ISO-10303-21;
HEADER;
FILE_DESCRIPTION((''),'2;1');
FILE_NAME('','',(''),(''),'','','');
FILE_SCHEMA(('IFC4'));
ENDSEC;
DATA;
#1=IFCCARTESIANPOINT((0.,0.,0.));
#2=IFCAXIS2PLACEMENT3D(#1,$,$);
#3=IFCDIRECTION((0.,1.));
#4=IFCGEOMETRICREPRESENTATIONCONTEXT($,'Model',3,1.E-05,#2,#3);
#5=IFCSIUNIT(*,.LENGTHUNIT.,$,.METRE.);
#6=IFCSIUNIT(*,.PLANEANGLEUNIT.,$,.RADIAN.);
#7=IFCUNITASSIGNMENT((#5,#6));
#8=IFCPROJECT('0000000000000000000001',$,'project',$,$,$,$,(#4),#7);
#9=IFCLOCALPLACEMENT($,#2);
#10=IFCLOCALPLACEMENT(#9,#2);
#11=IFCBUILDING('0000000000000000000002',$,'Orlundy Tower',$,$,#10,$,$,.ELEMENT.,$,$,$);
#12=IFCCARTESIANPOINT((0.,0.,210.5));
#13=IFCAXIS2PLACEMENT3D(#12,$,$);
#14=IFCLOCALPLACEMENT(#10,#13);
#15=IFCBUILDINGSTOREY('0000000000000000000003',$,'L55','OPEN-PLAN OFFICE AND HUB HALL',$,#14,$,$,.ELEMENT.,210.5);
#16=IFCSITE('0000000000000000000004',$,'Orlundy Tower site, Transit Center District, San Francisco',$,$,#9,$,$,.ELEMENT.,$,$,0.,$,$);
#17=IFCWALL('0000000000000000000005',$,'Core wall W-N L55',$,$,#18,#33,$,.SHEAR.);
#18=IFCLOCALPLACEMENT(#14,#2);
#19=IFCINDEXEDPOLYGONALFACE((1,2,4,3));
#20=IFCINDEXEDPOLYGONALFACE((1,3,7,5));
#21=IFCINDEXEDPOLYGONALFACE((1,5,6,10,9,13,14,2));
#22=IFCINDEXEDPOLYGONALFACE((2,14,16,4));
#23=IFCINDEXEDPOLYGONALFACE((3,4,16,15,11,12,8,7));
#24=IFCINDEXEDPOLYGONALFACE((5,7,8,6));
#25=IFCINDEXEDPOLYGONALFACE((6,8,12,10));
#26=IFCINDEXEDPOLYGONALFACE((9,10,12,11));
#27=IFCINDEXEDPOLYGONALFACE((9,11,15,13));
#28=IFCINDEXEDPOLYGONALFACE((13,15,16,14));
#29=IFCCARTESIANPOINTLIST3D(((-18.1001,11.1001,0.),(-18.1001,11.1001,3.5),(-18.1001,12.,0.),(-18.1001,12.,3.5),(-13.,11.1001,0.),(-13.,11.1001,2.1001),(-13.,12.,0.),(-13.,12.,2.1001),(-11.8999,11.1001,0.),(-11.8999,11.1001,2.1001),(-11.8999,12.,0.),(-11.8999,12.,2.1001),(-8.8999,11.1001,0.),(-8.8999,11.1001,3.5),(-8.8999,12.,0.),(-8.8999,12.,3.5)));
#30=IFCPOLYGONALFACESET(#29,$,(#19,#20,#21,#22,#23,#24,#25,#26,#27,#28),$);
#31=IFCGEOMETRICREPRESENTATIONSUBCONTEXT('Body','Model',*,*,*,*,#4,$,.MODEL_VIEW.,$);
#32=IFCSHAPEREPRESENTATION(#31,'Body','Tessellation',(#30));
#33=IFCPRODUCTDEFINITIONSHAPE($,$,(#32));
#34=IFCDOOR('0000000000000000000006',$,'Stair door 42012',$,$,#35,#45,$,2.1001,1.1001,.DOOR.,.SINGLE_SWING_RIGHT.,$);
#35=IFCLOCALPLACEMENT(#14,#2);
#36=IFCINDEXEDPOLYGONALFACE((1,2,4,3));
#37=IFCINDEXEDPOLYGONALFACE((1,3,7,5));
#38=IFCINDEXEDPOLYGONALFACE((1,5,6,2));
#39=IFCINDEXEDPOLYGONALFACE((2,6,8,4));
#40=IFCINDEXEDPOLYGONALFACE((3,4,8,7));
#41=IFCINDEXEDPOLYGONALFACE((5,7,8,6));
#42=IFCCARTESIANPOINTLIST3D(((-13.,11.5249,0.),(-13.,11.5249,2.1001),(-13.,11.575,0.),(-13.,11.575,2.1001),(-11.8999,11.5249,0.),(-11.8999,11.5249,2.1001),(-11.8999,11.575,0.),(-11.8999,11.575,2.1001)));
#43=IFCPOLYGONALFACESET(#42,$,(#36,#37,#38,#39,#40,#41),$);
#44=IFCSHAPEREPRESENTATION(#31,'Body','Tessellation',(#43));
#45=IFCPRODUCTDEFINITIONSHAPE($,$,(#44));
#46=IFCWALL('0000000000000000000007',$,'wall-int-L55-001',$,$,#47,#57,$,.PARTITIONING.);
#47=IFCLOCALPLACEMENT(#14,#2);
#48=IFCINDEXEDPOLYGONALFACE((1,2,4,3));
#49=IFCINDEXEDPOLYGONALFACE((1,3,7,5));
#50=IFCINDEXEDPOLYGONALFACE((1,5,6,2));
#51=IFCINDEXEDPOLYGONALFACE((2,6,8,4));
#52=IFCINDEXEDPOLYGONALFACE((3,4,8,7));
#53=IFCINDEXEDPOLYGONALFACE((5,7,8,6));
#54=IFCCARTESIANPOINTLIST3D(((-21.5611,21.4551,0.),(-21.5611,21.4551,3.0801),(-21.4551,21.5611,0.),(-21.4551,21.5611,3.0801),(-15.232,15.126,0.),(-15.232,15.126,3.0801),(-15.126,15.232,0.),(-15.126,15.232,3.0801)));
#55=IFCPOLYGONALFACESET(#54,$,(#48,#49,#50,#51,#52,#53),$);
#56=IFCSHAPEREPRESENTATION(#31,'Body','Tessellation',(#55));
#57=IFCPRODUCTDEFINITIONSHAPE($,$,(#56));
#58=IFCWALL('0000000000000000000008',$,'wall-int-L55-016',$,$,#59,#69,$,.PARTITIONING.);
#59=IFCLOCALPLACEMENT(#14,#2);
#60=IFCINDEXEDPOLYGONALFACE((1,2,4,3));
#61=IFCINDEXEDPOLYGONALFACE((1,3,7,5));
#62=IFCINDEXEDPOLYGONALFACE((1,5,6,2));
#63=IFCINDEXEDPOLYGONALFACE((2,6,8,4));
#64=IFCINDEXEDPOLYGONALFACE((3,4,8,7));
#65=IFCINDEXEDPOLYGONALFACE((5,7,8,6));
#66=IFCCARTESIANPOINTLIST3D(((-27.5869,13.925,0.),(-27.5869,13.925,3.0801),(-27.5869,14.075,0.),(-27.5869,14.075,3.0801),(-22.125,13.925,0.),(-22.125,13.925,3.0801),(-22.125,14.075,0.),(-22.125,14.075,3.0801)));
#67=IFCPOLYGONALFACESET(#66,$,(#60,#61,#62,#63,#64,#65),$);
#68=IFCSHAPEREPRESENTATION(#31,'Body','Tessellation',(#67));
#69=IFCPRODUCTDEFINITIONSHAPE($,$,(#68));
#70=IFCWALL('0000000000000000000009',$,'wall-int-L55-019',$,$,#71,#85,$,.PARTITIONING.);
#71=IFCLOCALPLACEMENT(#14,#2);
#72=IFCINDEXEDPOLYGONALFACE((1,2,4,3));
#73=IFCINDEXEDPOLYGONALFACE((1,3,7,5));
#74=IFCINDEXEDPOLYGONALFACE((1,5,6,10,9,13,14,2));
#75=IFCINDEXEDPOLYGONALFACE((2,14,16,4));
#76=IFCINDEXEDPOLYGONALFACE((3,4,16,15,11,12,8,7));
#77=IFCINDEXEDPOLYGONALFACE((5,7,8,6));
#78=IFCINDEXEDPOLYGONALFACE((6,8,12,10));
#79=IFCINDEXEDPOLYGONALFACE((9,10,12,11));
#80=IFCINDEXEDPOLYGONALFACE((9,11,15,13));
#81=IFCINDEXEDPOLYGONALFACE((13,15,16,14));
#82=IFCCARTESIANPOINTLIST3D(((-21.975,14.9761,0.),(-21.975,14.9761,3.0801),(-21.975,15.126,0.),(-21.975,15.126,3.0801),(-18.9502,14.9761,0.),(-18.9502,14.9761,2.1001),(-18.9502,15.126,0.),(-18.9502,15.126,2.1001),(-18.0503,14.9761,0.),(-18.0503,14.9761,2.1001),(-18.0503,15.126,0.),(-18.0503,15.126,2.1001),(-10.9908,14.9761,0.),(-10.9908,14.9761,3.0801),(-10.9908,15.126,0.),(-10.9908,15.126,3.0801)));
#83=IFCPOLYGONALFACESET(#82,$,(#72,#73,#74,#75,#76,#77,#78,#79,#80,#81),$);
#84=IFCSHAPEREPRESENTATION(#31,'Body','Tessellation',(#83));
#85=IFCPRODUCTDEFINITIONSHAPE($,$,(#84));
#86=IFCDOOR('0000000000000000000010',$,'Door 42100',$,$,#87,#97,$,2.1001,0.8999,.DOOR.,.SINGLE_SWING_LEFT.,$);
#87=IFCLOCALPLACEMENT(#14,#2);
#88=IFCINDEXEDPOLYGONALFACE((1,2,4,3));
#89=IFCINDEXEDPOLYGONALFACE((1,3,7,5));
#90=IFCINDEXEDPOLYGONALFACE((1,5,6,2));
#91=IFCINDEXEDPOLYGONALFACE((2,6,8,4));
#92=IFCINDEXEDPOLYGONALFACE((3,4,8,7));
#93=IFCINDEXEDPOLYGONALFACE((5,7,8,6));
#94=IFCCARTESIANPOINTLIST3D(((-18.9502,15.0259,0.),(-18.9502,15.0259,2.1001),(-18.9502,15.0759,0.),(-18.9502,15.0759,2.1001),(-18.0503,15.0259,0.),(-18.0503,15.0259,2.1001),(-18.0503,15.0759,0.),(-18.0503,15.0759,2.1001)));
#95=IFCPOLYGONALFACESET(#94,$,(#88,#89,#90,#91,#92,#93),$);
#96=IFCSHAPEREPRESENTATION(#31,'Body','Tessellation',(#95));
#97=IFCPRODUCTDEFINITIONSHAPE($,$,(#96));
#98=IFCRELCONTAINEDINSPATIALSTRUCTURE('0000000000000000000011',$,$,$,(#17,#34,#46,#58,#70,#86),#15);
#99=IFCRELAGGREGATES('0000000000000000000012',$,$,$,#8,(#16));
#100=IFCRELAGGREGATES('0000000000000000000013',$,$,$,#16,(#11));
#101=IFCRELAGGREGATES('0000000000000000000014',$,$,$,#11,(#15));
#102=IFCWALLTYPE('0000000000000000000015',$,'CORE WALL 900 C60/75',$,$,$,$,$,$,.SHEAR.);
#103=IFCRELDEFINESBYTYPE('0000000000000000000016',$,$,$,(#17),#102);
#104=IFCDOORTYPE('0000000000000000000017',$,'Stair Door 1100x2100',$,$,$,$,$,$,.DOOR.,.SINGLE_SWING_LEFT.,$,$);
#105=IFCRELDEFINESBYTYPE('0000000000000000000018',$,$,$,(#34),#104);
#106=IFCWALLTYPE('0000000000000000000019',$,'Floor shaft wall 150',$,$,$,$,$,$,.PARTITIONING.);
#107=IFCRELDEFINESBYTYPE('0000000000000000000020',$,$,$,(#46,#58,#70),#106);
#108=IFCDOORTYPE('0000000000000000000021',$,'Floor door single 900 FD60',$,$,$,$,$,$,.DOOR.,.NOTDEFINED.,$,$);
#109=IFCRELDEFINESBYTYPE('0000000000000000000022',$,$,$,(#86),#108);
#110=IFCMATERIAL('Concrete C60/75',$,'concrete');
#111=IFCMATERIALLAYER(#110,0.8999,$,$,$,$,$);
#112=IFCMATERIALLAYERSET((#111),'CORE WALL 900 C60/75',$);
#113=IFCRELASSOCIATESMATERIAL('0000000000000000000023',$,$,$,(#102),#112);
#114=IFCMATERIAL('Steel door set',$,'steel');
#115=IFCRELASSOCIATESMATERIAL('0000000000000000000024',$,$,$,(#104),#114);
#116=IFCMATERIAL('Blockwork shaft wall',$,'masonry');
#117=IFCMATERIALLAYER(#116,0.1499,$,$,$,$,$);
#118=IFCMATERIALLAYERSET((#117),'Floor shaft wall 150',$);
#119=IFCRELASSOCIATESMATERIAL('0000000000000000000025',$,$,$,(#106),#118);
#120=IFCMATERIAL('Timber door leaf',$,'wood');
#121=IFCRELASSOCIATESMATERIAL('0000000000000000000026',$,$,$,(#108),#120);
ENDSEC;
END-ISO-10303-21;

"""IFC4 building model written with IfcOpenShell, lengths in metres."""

from ifc_helpers import new_model, si_unit, direction, frame, frame_2d, origin, place, context, subcontext, project, spatial, rectangle, extrude, material, layer, layer_set, type_object, element, fill, save


model = new_model("IFC4")

# Units and contexts
model_context = context("Model", 3, precision=1e-05, world=origin(), true_north=direction((0.0, 1.0)))
body_context = subcontext(model_context, "Body", "Model", "MODEL_VIEW")
ifc_project = project(units=[si_unit("LENGTHUNIT", "METRE"), si_unit("PLANEANGLEUNIT", "RADIAN")], contexts=[model_context])

# Site, building, storey
site_placement = place(None, origin())
site = spatial("IfcSite", under=ifc_project, at=site_placement, Name="Orlundy Tower site, Transit Center District, San Francisco", CompositionType="ELEMENT", RefElevation=0.0)
building_placement = place(site_placement, origin())
building = spatial("IfcBuilding", under=site, at=building_placement, Name="Orlundy Tower", CompositionType="ELEMENT")
storey_placement = place(building_placement, frame((0.0, 0.0, 210.5)))
storey = spatial("IfcBuildingStorey", under=building, at=storey_placement, Name="L55", Description="OPEN-PLAN OFFICE AND HUB HALL", CompositionType="ELEMENT", Elevation=210.5)

# Wall, opening, door
ifc_material_1 = material(Name="Concrete C60/75", Category="concrete")
ifc_layer_1 = layer(ifc_material_1, 0.8999)
ifc_layer_set_1 = layer_set([ifc_layer_1], Name="CORE WALL 900 C60/75")
wall_type_1 = type_object("IfcWallType", Name="CORE WALL 900 C60/75", PredefinedType="SHEAR", material=ifc_layer_set_1)
wall_1_placement = place(storey_placement, frame((-18.1001, 11.55, 0.0), z_axis=(0.0, 0.0, 1.0), x_axis=(1.0, 0.0, 0.0)))
wall_1 = element("IfcWall", 1, at=wall_1_placement, inside=storey, type_object=wall_type_1, Name="Core wall W-N L55", PredefinedType="SHEAR", context=body_context, shape_type="SweptSolid", body=[
    extrude(rectangle(XDim=9.2002, YDim=0.8999, at=frame_2d((4.6001, 0.0))), origin(), (0.0, 0.0, 1.0), 3.5),
])
opening_1_placement = place(wall_1_placement, frame((5.1001, 0.0, 0.0)))
opening_1 = element("IfcOpeningElement", 2, at=opening_1_placement, cuts=wall_1, PredefinedType="OPENING", context=body_context, shape_type="SweptSolid", body=[
    extrude(rectangle(XDim=1.1001, YDim=2.1001, at=frame_2d((0.55, 1.05))), frame((0.0, 0.46, 0.0), z_axis=(0.0, -1.0, 0.0), x_axis=(1.0, 0.0, 0.0)), (0.0, 0.0, 1.0), 0.9199),
])
ifc_material_2 = material(Name="Steel door set", Category="steel")
door_type_1 = type_object("IfcDoorType", Name="Stair Door 1100x2100", OperationType="SINGLE_SWING_LEFT", PredefinedType="DOOR", material=ifc_material_2)
door_1_placement = place(opening_1_placement, origin())
door_1 = element("IfcDoor", 3, at=door_1_placement, inside=storey, type_object=door_type_1, Name="Stair door 42012", OperationType="SINGLE_SWING_RIGHT", OverallHeight=2.1001, OverallWidth=1.1001, PredefinedType="DOOR", context=body_context, shape_type="SweptSolid", body=[
    extrude(rectangle(XDim=1.1001, YDim=2.1001, at=frame_2d((0.55, 1.05))), frame((0.0, 0.0249, 0.0), z_axis=(0.0, -1.0, 0.0), x_axis=(1.0, 0.0, 0.0)), (0.0, 0.0, 1.0), 0.05),
])
fill(opening_1, door_1)

# Walls
ifc_material_3 = material(Name="Blockwork shaft wall", Category="masonry")
ifc_layer_2 = layer(ifc_material_3, 0.1499)
ifc_layer_set_2 = layer_set([ifc_layer_2], Name="Floor shaft wall 150")
wall_type_2 = type_object("IfcWallType", Name="Floor shaft wall 150", PredefinedType="PARTITIONING", material=ifc_layer_set_2)
wall_2_placement = place(storey_placement, frame((-21.5081, 21.5081, 0.0), z_axis=(0.0, 0.0, 1.0), x_axis=(0.707107, -0.707107, 0.0)))
element("IfcWall", 4, at=wall_2_placement, inside=storey, type_object=wall_type_2, Name="wall-int-L55-001", PredefinedType="PARTITIONING", context=body_context, shape_type="SweptSolid", body=[
    extrude(rectangle(XDim=8.9507, YDim=0.1499, at=frame_2d((4.4753, 0.0))), origin(), (0.0, 0.0, 1.0), 3.0801),
])
wall_3_placement = place(storey_placement, frame((-27.5869, 14.0, 0.0), z_axis=(0.0, 0.0, 1.0), x_axis=(1.0, 0.0, 0.0)))
element("IfcWall", 5, at=wall_3_placement, inside=storey, type_object=wall_type_2, Name="wall-int-L55-016", PredefinedType="PARTITIONING", context=body_context, shape_type="SweptSolid", body=[
    extrude(rectangle(XDim=5.4619, YDim=0.1499, at=frame_2d((2.731, 0.0))), origin(), (0.0, 0.0, 1.0), 3.0801),
])

# Wall, opening, door
wall_4_placement = place(storey_placement, frame((-21.9751, 15.051, 0.0), z_axis=(0.0, 0.0, 1.0), x_axis=(1.0, 0.0, 0.0)))
wall_4 = element("IfcWall", 6, at=wall_4_placement, inside=storey, type_object=wall_type_2, Name="wall-int-L55-019", PredefinedType="PARTITIONING", context=body_context, shape_type="SweptSolid", body=[
    extrude(rectangle(XDim=10.9841, YDim=0.1499, at=frame_2d((5.4922, 0.0))), origin(), (0.0, 0.0, 1.0), 3.0801),
])
opening_2_placement = place(wall_4_placement, frame((3.0249, 0.0, 0.0)))
opening_2 = element("IfcOpeningElement", 7, at=opening_2_placement, cuts=wall_4, PredefinedType="OPENING", context=body_context, shape_type="SweptSolid", body=[
    extrude(rectangle(XDim=0.8999, YDim=2.1001, at=frame_2d((0.45, 1.05))), frame((0.0, 0.085, 0.0), z_axis=(0.0, -1.0, 0.0), x_axis=(1.0, 0.0, 0.0)), (0.0, 0.0, 1.0), 0.1699),
])
ifc_material_4 = material(Name="Timber door leaf", Category="wood")
door_type_2 = type_object("IfcDoorType", Name="Floor door single 900 FD60", OperationType="NOTDEFINED", PredefinedType="DOOR", material=ifc_material_4)
door_2_placement = place(opening_2_placement, origin())
door_2 = element("IfcDoor", 8, at=door_2_placement, inside=storey, type_object=door_type_2, Name="Door 42100", OperationType="SINGLE_SWING_LEFT", OverallHeight=2.1001, OverallWidth=0.8999, PredefinedType="DOOR", context=body_context, shape_type="SweptSolid", body=[
    extrude(rectangle(XDim=0.8999, YDim=2.1001, at=frame_2d((0.45, 1.05))), frame((0.0, 0.0249, 0.0), z_axis=(0.0, -1.0, 0.0), x_axis=(1.0, 0.0, 0.0)), (0.0, 0.0, 1.0), 0.05),
])
fill(opening_2, door_2)

save(model, "model.ifc")
